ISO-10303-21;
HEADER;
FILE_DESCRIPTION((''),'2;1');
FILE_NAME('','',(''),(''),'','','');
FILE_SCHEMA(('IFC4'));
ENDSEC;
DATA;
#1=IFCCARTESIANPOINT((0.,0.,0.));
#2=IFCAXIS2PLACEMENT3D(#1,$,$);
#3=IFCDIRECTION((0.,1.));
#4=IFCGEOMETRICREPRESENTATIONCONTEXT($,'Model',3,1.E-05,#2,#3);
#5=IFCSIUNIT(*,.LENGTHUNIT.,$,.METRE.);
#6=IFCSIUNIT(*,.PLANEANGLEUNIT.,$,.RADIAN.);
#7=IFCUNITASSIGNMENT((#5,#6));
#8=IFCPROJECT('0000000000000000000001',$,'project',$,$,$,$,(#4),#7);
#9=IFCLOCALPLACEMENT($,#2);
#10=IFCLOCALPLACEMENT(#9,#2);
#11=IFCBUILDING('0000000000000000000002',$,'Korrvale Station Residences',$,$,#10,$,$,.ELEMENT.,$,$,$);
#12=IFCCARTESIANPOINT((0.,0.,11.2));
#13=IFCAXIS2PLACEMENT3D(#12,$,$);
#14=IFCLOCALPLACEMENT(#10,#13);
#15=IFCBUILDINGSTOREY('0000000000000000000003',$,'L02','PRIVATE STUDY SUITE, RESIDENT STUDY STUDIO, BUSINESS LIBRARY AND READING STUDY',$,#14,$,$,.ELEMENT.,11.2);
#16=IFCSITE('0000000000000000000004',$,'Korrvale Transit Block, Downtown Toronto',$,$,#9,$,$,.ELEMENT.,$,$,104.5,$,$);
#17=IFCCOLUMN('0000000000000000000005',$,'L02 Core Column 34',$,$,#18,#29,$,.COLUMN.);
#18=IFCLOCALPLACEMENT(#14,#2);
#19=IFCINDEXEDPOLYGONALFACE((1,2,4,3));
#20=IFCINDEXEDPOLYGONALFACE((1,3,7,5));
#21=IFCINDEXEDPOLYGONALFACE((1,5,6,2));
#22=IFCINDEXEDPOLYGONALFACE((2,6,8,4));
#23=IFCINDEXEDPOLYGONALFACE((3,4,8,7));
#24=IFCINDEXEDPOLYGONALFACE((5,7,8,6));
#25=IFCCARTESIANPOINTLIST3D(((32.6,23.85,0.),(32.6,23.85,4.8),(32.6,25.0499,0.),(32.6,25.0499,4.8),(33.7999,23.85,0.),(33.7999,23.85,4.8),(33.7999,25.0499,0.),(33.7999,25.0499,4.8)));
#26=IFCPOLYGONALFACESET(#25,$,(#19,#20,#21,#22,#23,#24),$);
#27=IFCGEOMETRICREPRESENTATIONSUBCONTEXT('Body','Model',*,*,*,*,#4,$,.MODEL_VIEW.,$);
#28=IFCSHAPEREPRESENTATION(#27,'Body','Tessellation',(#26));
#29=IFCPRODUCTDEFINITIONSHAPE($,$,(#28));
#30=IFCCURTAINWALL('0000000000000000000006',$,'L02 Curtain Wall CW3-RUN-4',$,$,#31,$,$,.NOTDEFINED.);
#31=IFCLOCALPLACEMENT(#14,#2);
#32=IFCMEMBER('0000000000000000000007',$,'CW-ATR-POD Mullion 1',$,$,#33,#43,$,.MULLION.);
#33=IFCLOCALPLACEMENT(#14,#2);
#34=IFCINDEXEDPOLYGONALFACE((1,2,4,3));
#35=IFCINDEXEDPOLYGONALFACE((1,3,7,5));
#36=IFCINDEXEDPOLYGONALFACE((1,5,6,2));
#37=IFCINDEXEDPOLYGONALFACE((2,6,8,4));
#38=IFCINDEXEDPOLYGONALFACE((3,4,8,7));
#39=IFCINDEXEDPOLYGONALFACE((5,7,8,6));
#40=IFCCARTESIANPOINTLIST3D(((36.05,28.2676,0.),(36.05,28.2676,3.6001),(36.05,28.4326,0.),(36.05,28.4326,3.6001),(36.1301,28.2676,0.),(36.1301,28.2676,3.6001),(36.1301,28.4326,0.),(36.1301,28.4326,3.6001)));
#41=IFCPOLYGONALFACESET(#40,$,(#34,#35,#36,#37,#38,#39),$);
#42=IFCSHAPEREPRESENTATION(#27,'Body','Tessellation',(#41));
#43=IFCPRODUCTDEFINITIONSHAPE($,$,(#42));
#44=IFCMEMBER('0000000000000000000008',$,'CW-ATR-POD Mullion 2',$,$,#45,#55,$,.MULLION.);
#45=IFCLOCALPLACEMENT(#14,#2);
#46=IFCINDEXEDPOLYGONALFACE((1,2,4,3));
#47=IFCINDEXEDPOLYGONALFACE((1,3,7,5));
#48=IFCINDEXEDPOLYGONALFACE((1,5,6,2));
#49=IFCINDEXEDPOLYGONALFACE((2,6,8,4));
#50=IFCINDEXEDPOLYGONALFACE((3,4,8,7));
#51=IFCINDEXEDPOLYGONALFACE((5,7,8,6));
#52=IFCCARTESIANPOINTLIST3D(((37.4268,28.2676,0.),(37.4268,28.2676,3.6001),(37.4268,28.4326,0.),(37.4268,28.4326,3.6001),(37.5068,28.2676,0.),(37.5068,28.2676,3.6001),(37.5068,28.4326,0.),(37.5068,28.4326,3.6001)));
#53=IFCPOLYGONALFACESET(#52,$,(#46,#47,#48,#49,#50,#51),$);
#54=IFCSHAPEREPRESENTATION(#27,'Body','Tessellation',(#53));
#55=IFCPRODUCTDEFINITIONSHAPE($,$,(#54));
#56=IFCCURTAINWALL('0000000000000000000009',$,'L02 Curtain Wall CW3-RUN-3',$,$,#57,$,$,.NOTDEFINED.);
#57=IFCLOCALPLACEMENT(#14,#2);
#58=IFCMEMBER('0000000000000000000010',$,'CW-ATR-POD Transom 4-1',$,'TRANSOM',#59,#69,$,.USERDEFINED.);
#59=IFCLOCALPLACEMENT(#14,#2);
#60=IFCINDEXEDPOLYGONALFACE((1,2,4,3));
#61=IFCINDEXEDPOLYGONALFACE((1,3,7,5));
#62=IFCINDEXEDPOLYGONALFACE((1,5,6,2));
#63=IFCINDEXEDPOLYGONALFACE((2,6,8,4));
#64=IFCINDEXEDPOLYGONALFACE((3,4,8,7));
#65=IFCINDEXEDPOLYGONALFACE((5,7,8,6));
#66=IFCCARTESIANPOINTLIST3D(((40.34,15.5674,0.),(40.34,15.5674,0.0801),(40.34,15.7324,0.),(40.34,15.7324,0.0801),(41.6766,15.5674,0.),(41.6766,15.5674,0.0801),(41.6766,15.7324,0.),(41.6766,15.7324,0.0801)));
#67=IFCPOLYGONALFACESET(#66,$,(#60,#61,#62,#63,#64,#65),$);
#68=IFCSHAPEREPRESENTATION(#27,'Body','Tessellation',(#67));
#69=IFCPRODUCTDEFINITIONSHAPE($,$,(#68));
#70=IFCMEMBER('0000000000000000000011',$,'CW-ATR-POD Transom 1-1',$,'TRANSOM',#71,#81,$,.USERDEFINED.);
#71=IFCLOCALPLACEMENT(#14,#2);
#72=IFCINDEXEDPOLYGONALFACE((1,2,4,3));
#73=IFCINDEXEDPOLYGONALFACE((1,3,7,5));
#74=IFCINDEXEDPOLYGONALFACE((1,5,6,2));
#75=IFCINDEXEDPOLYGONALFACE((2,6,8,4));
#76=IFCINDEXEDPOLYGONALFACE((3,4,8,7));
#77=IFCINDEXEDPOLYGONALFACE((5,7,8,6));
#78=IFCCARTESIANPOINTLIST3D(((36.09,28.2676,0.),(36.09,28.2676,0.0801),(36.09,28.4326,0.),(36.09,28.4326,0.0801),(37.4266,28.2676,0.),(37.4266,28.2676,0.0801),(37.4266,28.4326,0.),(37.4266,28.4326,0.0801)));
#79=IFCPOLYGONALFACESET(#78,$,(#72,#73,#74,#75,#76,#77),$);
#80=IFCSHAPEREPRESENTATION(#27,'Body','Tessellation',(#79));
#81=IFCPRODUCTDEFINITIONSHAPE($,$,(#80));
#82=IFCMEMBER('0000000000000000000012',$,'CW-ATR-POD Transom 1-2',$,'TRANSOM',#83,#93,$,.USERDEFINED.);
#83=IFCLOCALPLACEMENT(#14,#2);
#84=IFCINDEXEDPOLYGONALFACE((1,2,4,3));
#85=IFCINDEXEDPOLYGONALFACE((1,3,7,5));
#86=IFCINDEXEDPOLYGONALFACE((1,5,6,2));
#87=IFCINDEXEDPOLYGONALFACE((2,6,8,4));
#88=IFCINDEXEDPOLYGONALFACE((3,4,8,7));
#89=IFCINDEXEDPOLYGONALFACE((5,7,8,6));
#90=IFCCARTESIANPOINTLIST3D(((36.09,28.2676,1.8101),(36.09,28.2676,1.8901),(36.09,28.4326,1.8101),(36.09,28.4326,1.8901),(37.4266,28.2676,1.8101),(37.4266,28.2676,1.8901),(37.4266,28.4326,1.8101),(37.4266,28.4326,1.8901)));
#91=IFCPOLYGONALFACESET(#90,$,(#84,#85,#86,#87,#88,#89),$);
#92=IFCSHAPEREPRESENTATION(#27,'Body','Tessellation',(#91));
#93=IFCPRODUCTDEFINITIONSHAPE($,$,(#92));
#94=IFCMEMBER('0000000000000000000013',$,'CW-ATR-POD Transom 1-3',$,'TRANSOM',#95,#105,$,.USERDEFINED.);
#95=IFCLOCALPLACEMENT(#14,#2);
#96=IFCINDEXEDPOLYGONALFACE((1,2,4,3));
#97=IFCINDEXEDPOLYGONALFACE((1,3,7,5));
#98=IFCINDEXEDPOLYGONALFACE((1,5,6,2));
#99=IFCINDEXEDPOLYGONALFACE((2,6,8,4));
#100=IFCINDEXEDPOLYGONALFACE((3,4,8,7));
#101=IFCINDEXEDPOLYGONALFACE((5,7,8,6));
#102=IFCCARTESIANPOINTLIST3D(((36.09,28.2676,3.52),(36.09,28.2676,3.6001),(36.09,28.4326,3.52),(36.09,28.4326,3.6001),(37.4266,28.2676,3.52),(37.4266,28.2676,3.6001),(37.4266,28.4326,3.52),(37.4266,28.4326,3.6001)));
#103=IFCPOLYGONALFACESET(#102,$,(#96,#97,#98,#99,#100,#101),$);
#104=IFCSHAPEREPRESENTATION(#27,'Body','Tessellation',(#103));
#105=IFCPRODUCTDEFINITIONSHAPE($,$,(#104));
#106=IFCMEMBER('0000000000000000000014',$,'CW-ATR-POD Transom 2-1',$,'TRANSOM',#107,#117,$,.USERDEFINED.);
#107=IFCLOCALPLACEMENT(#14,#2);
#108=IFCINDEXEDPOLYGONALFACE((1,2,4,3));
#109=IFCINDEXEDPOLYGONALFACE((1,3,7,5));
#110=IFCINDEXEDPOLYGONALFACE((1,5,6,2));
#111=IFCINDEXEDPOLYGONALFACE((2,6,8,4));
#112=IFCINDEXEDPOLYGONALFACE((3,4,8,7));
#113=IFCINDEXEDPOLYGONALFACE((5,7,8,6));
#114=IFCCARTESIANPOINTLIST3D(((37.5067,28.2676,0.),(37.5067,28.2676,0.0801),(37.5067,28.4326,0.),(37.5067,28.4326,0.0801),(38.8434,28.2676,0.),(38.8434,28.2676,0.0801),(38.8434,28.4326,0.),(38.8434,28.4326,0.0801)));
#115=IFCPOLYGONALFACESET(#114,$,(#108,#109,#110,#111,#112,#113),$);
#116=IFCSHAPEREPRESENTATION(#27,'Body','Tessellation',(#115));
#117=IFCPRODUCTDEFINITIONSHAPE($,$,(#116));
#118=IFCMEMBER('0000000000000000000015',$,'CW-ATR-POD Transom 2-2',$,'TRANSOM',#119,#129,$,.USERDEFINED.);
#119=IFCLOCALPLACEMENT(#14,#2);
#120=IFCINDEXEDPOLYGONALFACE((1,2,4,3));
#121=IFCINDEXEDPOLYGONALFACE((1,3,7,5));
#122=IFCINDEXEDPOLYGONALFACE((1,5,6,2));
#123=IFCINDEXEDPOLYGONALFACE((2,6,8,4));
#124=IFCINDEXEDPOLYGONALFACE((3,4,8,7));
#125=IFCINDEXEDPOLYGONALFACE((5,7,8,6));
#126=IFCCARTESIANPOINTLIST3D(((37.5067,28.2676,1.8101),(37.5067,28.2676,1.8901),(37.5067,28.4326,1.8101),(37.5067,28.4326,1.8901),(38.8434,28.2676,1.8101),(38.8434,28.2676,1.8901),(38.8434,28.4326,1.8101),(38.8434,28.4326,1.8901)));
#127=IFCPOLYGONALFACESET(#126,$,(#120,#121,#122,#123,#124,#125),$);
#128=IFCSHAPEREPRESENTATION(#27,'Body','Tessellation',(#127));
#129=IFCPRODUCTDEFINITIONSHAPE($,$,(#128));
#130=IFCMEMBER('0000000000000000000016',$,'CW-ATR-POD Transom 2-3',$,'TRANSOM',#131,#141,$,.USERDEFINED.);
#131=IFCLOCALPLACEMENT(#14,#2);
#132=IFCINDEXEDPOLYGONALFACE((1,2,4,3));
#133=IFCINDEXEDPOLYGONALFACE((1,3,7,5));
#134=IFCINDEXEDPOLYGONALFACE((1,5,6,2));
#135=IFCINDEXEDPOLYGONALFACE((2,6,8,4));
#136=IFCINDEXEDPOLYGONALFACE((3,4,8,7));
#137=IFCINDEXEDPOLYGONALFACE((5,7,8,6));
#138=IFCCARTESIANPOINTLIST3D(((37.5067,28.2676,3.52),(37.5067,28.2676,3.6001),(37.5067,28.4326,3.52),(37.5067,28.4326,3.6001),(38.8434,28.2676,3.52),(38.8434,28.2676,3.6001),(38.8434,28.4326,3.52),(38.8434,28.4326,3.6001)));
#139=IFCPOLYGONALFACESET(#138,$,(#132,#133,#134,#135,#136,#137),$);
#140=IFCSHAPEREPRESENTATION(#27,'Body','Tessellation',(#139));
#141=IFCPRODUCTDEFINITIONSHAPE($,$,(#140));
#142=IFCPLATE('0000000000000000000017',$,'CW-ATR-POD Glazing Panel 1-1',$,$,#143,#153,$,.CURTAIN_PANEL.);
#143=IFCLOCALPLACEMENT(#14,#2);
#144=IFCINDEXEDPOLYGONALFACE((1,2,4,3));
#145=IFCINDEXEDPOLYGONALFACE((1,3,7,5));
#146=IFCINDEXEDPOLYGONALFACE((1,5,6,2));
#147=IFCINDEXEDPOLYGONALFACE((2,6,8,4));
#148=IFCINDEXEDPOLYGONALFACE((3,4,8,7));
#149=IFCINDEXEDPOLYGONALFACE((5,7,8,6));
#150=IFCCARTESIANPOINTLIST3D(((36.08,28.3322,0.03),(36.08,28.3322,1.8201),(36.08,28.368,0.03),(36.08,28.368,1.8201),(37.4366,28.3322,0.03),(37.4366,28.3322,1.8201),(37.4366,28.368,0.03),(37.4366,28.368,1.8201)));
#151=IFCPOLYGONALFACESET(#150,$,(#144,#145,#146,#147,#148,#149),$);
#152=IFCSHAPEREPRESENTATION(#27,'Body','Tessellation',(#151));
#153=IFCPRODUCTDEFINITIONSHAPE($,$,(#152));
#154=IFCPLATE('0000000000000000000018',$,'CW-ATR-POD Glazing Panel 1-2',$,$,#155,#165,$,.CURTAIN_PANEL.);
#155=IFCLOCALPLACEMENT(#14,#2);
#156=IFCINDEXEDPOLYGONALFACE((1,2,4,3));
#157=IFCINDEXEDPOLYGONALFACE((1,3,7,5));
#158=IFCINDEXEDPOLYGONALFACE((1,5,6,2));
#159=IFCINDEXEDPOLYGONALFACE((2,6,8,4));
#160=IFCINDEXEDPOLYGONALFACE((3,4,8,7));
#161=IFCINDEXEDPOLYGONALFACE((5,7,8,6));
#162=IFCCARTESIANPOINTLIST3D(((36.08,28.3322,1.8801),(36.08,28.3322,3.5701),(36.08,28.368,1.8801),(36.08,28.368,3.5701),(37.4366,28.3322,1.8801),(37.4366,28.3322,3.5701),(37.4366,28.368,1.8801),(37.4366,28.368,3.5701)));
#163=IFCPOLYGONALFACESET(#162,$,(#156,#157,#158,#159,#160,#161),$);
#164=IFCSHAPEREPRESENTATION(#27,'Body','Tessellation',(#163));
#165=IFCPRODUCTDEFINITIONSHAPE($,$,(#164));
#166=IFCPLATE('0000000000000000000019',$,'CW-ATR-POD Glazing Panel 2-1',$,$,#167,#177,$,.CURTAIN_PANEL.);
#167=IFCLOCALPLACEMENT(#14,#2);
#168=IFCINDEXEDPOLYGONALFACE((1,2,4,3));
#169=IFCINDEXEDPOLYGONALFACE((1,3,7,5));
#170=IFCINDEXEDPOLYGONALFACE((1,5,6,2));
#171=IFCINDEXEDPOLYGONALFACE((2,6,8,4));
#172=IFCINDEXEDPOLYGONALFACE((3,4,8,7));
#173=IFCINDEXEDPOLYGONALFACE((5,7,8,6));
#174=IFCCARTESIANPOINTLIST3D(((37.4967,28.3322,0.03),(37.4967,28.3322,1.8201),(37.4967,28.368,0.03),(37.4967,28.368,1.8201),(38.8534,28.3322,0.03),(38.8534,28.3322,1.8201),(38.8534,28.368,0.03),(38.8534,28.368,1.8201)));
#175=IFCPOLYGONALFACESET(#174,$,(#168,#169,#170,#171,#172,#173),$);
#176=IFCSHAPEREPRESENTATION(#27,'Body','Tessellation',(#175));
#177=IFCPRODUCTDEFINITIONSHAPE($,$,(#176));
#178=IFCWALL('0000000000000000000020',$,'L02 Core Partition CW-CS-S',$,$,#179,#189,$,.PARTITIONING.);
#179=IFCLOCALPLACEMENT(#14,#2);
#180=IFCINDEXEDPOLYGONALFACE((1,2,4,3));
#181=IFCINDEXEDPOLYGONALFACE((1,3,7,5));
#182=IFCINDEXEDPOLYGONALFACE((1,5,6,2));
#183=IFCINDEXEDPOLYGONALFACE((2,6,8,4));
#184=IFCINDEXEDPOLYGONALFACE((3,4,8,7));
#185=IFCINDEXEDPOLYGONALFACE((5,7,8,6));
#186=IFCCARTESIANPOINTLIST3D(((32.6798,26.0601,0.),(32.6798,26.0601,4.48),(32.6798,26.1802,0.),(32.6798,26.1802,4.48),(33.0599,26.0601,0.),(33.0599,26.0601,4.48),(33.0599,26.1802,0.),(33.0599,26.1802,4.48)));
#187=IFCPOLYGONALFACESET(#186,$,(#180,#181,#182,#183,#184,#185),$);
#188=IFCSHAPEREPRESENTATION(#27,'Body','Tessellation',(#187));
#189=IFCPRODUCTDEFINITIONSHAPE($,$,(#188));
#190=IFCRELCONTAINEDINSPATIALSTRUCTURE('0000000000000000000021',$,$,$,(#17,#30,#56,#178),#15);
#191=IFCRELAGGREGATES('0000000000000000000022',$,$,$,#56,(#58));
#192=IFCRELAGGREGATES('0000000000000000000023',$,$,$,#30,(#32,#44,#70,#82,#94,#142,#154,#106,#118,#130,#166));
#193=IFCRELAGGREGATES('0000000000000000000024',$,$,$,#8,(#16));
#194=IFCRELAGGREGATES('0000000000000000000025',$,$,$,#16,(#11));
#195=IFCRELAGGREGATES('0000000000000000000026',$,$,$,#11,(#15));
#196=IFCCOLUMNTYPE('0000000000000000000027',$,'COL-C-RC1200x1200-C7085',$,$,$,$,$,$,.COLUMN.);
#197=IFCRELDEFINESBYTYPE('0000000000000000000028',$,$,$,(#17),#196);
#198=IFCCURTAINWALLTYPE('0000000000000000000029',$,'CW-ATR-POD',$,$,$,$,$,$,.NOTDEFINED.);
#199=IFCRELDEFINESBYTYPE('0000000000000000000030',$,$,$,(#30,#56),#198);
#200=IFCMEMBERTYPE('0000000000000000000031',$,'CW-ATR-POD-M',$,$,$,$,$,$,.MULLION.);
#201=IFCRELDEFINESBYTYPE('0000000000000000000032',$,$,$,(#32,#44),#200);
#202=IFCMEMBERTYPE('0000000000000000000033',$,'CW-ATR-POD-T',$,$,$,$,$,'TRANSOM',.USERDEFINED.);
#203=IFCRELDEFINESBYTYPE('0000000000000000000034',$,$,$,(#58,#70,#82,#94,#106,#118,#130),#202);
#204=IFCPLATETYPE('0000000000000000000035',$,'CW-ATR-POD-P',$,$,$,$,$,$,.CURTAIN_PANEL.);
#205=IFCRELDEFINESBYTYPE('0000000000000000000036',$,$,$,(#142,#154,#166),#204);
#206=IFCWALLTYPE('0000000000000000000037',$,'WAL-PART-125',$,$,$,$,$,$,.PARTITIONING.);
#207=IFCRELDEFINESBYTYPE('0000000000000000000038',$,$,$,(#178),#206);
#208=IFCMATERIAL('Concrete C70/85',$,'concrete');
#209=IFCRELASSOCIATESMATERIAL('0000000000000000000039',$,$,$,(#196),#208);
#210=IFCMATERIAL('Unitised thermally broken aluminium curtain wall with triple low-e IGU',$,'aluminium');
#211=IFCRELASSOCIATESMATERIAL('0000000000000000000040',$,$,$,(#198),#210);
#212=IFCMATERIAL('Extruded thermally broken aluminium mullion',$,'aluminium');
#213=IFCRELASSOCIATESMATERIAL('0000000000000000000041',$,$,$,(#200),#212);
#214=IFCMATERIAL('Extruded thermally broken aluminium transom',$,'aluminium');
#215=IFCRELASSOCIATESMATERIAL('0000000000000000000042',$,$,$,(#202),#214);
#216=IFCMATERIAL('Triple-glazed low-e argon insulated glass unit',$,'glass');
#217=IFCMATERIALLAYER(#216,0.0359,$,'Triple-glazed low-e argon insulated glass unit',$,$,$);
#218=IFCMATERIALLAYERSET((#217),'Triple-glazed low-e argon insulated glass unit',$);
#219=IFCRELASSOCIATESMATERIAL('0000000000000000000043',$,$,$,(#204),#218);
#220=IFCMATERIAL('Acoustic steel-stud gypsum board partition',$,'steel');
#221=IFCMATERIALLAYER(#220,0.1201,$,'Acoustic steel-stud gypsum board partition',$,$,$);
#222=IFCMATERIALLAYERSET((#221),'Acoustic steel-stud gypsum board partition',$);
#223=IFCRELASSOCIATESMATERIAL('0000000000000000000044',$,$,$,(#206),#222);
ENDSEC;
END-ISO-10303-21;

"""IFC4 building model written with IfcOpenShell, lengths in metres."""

from ifc_helpers import new_model, si_unit, direction, frame, frame_2d, origin, origin_2d, place, context, subcontext, project, spatial, rectangle, extrude, material, layer, layer_set, material_profile, profile_set, type_object, element, aggregate, save


model = new_model("IFC4")

# Units and contexts
model_context = context("Model", 3, precision=1e-05, world=origin(), true_north=direction((0.0, 1.0)))
body_context = subcontext(model_context, "Body", "Model", "MODEL_VIEW")
ifc_project = project(units=[si_unit("LENGTHUNIT", "METRE"), si_unit("PLANEANGLEUNIT", "RADIAN")], contexts=[model_context])

# Site, building, storey
site_placement = place(None, origin())
site = spatial("IfcSite", under=ifc_project, at=site_placement, Name="Korrvale Transit Block, Downtown Toronto", CompositionType="ELEMENT", RefElevation=104.5)
building_placement = place(site_placement, origin())
building = spatial("IfcBuilding", under=site, at=building_placement, Name="Korrvale Station Residences", CompositionType="ELEMENT")
storey_placement = place(building_placement, frame((0.0, 0.0, 11.2)))
storey = spatial("IfcBuildingStorey", under=building, at=storey_placement, Name="L02", Description="PRIVATE STUDY SUITE, RESIDENT STUDY STUDIO, BUSINESS LIBRARY AND READING STUDY", CompositionType="ELEMENT", Elevation=11.2)

# Column
ifc_material_1 = material(Name="Concrete C70/85", Category="concrete")
ifc_material_profile = material_profile(ifc_material_1, rectangle(XDim=1.2, YDim=1.2, at=origin_2d()), Name="RC1200x1200")
ifc_profile_set = profile_set([ifc_material_profile], Name="Concrete C70/85")
column_type = type_object("IfcColumnType", Name="COL-C-RC1200x1200-C7085", PredefinedType="COLUMN", material=ifc_profile_set)
column_placement = place(storey_placement, frame((33.2, 24.45, 0.0), z_axis=(0.0, 0.0, 1.0), x_axis=(1.0, 0.0, 0.0)))
element("IfcColumn", 1, at=column_placement, inside=storey, type_object=column_type, Name="L02 Core Column 34", PredefinedType="COLUMN", context=body_context, shape_type="SweptSolid", body=[
    extrude(rectangle(XDim=1.2, YDim=1.2, at=origin_2d()), origin(), (0.0, 0.0, 1.0), 4.8),
])

# Curtain wall, members
ifc_material_2 = material(Name="Unitised thermally broken aluminium curtain wall with triple low-e IGU", Category="aluminium")
curtain_wall_type = type_object("IfcCurtainWallType", Name="CW-ATR-POD", PredefinedType="NOTDEFINED", material=ifc_material_2)
curtain_wall_1_placement = place(storey_placement, origin())
curtain_wall_1 = element("IfcCurtainWall", 2, at=curtain_wall_1_placement, inside=storey, type_object=curtain_wall_type, Name="L02 Curtain Wall CW3-RUN-4", PredefinedType="NOTDEFINED")
ifc_material_3 = material(Name="Extruded thermally broken aluminium mullion", Category="aluminium")
member_type_1 = type_object("IfcMemberType", Name="CW-ATR-POD-M", PredefinedType="MULLION", material=ifc_material_3)
member_1_placement = place(storey_placement, frame((36.0901, 28.3501, 0.0), z_axis=(0.0, 0.0, 1.0), x_axis=(1.0, 0.0, 0.0)))
member_1 = element("IfcMember", 3, at=member_1_placement, type_object=member_type_1, Name="CW-ATR-POD Mullion 1", PredefinedType="MULLION", context=body_context, shape_type="SweptSolid", body=[
    extrude(rectangle(XDim=0.0801, YDim=0.165, at=origin_2d()), origin(), (0.0, 0.0, 1.0), 3.6001),
])
member_2_placement = place(storey_placement, frame((37.4668, 28.3501, 0.0), z_axis=(0.0, 0.0, 1.0), x_axis=(1.0, 0.0, 0.0)))
member_2 = element("IfcMember", 4, at=member_2_placement, type_object=member_type_1, Name="CW-ATR-POD Mullion 2", PredefinedType="MULLION", context=body_context, shape_type="SweptSolid", body=[
    extrude(rectangle(XDim=0.0801, YDim=0.165, at=origin_2d()), origin(), (0.0, 0.0, 1.0), 3.6001),
])

# Curtain wall, member
curtain_wall_2_placement = place(storey_placement, origin())
curtain_wall_2 = element("IfcCurtainWall", 5, at=curtain_wall_2_placement, inside=storey, type_object=curtain_wall_type, Name="L02 Curtain Wall CW3-RUN-3", PredefinedType="NOTDEFINED")
ifc_material_4 = material(Name="Extruded thermally broken aluminium transom", Category="aluminium")
member_type_2 = type_object("IfcMemberType", Name="CW-ATR-POD-T", ElementType="TRANSOM", PredefinedType="USERDEFINED", material=ifc_material_4)
member_3_placement = place(storey_placement, frame((41.0083, 15.6499, 0.0), z_axis=(0.0, 0.0, 1.0), x_axis=(1.0, 0.0, 0.0)))
member_3 = element("IfcMember", 6, at=member_3_placement, type_object=member_type_2, Name="CW-ATR-POD Transom 4-1", ObjectType="TRANSOM", PredefinedType="USERDEFINED", context=body_context, shape_type="SweptSolid", body=[
    extrude(rectangle(XDim=1.3367, YDim=0.165, at=origin_2d()), origin(), (0.0, 0.0, 1.0), 0.0801),
])
aggregate(curtain_wall_2, [member_3])

# Members
member_4_placement = place(storey_placement, frame((36.7583, 28.3501, 0.0), z_axis=(0.0, 0.0, 1.0), x_axis=(1.0, 0.0, 0.0)))
member_4 = element("IfcMember", 7, at=member_4_placement, type_object=member_type_2, Name="CW-ATR-POD Transom 1-1", ObjectType="TRANSOM", PredefinedType="USERDEFINED", context=body_context, shape_type="SweptSolid", body=[
    extrude(rectangle(XDim=1.3367, YDim=0.165, at=origin_2d()), origin(), (0.0, 0.0, 1.0), 0.0801),
])
member_5_placement = place(storey_placement, frame((36.7583, 28.3501, 1.8101), z_axis=(0.0, 0.0, 1.0), x_axis=(1.0, 0.0, 0.0)))
member_5 = element("IfcMember", 8, at=member_5_placement, type_object=member_type_2, Name="CW-ATR-POD Transom 1-2", ObjectType="TRANSOM", PredefinedType="USERDEFINED", context=body_context, shape_type="SweptSolid", body=[
    extrude(rectangle(XDim=1.3367, YDim=0.165, at=origin_2d()), origin(), (0.0, 0.0, 1.0), 0.0801),
])
member_6_placement = place(storey_placement, frame((36.7583, 28.3501, 3.52), z_axis=(0.0, 0.0, 1.0), x_axis=(1.0, 0.0, 0.0)))
member_6 = element("IfcMember", 9, at=member_6_placement, type_object=member_type_2, Name="CW-ATR-POD Transom 1-3", ObjectType="TRANSOM", PredefinedType="USERDEFINED", context=body_context, shape_type="SweptSolid", body=[
    extrude(rectangle(XDim=1.3367, YDim=0.165, at=origin_2d()), origin(), (0.0, 0.0, 1.0), 0.0801),
])
member_7_placement = place(storey_placement, frame((38.175, 28.3501, 0.0), z_axis=(0.0, 0.0, 1.0), x_axis=(1.0, 0.0, 0.0)))
member_7 = element("IfcMember", 10, at=member_7_placement, type_object=member_type_2, Name="CW-ATR-POD Transom 2-1", ObjectType="TRANSOM", PredefinedType="USERDEFINED", context=body_context, shape_type="SweptSolid", body=[
    extrude(rectangle(XDim=1.3367, YDim=0.165, at=origin_2d()), origin(), (0.0, 0.0, 1.0), 0.0801),
])
member_8_placement = place(storey_placement, frame((38.175, 28.3501, 1.8101), z_axis=(0.0, 0.0, 1.0), x_axis=(1.0, 0.0, 0.0)))
member_8 = element("IfcMember", 11, at=member_8_placement, type_object=member_type_2, Name="CW-ATR-POD Transom 2-2", ObjectType="TRANSOM", PredefinedType="USERDEFINED", context=body_context, shape_type="SweptSolid", body=[
    extrude(rectangle(XDim=1.3367, YDim=0.165, at=origin_2d()), origin(), (0.0, 0.0, 1.0), 0.0801),
])
member_9_placement = place(storey_placement, frame((38.175, 28.3501, 3.52), z_axis=(0.0, 0.0, 1.0), x_axis=(1.0, 0.0, 0.0)))
member_9 = element("IfcMember", 12, at=member_9_placement, type_object=member_type_2, Name="CW-ATR-POD Transom 2-3", ObjectType="TRANSOM", PredefinedType="USERDEFINED", context=body_context, shape_type="SweptSolid", body=[
    extrude(rectangle(XDim=1.3367, YDim=0.165, at=origin_2d()), origin(), (0.0, 0.0, 1.0), 0.0801),
])

# Plates
ifc_material_5 = material(Name="Triple-glazed low-e argon insulated glass unit", Category="glass")
ifc_layer_1 = layer(ifc_material_5, 0.0359, Name="Triple-glazed low-e argon insulated glass unit")
ifc_layer_set_1 = layer_set([ifc_layer_1], Name="Triple-glazed low-e argon insulated glass unit")
plate_type = type_object("IfcPlateType", Name="CW-ATR-POD-P", PredefinedType="CURTAIN_PANEL", material=ifc_layer_set_1)
plate_1_placement = place(storey_placement, frame((36.7583, 28.3501, 0.03), z_axis=(0.0, 0.0, 1.0), x_axis=(1.0, 0.0, 0.0)))
plate_1 = element("IfcPlate", 13, at=plate_1_placement, type_object=plate_type, Name="CW-ATR-POD Glazing Panel 1-1", PredefinedType="CURTAIN_PANEL", context=body_context, shape_type="SweptSolid", body=[
    extrude(rectangle(XDim=1.3567, YDim=0.0359, at=origin_2d()), origin(), (0.0, 0.0, 1.0), 1.79),
])
plate_2_placement = place(storey_placement, frame((36.7583, 28.3501, 1.8801), z_axis=(0.0, 0.0, 1.0), x_axis=(1.0, 0.0, 0.0)))
plate_2 = element("IfcPlate", 14, at=plate_2_placement, type_object=plate_type, Name="CW-ATR-POD Glazing Panel 1-2", PredefinedType="CURTAIN_PANEL", context=body_context, shape_type="SweptSolid", body=[
    extrude(rectangle(XDim=1.3567, YDim=0.0359, at=origin_2d()), origin(), (0.0, 0.0, 1.0), 1.6899),
])
plate_3_placement = place(storey_placement, frame((38.175, 28.3501, 0.03), z_axis=(0.0, 0.0, 1.0), x_axis=(1.0, 0.0, 0.0)))
plate_3 = element("IfcPlate", 15, at=plate_3_placement, type_object=plate_type, Name="CW-ATR-POD Glazing Panel 2-1", PredefinedType="CURTAIN_PANEL", context=body_context, shape_type="SweptSolid", body=[
    extrude(rectangle(XDim=1.3567, YDim=0.0359, at=origin_2d()), origin(), (0.0, 0.0, 1.0), 1.79),
])
aggregate(curtain_wall_1, [member_1, member_2, member_4, member_5, member_6, plate_1, plate_2, member_7, member_8, member_9, plate_3])

# Wall
ifc_material_6 = material(Name="Acoustic steel-stud gypsum board partition", Category="steel")
ifc_layer_2 = layer(ifc_material_6, 0.1201, Name="Acoustic steel-stud gypsum board partition")
ifc_layer_set_2 = layer_set([ifc_layer_2], Name="Acoustic steel-stud gypsum board partition")
wall_type_1 = type_object("IfcWallType", Name="WAL-PART-125", PredefinedType="PARTITIONING", material=ifc_layer_set_2)
wall_1_placement = place(storey_placement, frame((32.6799, 26.1201, 0.0), z_axis=(0.0, 0.0, 1.0), x_axis=(1.0, 0.0, 0.0)))
element("IfcWall", 16, at=wall_1_placement, inside=storey, type_object=wall_type_1, Name="L02 Core Partition CW-CS-S", PredefinedType="PARTITIONING", context=body_context, shape_type="SweptSolid", body=[
    extrude(rectangle(XDim=0.3801, YDim=0.1201, at=frame_2d((0.1899, 0.0))), origin(), (0.0, 0.0, 1.0), 4.48),
])

save(model, "model.ifc")
